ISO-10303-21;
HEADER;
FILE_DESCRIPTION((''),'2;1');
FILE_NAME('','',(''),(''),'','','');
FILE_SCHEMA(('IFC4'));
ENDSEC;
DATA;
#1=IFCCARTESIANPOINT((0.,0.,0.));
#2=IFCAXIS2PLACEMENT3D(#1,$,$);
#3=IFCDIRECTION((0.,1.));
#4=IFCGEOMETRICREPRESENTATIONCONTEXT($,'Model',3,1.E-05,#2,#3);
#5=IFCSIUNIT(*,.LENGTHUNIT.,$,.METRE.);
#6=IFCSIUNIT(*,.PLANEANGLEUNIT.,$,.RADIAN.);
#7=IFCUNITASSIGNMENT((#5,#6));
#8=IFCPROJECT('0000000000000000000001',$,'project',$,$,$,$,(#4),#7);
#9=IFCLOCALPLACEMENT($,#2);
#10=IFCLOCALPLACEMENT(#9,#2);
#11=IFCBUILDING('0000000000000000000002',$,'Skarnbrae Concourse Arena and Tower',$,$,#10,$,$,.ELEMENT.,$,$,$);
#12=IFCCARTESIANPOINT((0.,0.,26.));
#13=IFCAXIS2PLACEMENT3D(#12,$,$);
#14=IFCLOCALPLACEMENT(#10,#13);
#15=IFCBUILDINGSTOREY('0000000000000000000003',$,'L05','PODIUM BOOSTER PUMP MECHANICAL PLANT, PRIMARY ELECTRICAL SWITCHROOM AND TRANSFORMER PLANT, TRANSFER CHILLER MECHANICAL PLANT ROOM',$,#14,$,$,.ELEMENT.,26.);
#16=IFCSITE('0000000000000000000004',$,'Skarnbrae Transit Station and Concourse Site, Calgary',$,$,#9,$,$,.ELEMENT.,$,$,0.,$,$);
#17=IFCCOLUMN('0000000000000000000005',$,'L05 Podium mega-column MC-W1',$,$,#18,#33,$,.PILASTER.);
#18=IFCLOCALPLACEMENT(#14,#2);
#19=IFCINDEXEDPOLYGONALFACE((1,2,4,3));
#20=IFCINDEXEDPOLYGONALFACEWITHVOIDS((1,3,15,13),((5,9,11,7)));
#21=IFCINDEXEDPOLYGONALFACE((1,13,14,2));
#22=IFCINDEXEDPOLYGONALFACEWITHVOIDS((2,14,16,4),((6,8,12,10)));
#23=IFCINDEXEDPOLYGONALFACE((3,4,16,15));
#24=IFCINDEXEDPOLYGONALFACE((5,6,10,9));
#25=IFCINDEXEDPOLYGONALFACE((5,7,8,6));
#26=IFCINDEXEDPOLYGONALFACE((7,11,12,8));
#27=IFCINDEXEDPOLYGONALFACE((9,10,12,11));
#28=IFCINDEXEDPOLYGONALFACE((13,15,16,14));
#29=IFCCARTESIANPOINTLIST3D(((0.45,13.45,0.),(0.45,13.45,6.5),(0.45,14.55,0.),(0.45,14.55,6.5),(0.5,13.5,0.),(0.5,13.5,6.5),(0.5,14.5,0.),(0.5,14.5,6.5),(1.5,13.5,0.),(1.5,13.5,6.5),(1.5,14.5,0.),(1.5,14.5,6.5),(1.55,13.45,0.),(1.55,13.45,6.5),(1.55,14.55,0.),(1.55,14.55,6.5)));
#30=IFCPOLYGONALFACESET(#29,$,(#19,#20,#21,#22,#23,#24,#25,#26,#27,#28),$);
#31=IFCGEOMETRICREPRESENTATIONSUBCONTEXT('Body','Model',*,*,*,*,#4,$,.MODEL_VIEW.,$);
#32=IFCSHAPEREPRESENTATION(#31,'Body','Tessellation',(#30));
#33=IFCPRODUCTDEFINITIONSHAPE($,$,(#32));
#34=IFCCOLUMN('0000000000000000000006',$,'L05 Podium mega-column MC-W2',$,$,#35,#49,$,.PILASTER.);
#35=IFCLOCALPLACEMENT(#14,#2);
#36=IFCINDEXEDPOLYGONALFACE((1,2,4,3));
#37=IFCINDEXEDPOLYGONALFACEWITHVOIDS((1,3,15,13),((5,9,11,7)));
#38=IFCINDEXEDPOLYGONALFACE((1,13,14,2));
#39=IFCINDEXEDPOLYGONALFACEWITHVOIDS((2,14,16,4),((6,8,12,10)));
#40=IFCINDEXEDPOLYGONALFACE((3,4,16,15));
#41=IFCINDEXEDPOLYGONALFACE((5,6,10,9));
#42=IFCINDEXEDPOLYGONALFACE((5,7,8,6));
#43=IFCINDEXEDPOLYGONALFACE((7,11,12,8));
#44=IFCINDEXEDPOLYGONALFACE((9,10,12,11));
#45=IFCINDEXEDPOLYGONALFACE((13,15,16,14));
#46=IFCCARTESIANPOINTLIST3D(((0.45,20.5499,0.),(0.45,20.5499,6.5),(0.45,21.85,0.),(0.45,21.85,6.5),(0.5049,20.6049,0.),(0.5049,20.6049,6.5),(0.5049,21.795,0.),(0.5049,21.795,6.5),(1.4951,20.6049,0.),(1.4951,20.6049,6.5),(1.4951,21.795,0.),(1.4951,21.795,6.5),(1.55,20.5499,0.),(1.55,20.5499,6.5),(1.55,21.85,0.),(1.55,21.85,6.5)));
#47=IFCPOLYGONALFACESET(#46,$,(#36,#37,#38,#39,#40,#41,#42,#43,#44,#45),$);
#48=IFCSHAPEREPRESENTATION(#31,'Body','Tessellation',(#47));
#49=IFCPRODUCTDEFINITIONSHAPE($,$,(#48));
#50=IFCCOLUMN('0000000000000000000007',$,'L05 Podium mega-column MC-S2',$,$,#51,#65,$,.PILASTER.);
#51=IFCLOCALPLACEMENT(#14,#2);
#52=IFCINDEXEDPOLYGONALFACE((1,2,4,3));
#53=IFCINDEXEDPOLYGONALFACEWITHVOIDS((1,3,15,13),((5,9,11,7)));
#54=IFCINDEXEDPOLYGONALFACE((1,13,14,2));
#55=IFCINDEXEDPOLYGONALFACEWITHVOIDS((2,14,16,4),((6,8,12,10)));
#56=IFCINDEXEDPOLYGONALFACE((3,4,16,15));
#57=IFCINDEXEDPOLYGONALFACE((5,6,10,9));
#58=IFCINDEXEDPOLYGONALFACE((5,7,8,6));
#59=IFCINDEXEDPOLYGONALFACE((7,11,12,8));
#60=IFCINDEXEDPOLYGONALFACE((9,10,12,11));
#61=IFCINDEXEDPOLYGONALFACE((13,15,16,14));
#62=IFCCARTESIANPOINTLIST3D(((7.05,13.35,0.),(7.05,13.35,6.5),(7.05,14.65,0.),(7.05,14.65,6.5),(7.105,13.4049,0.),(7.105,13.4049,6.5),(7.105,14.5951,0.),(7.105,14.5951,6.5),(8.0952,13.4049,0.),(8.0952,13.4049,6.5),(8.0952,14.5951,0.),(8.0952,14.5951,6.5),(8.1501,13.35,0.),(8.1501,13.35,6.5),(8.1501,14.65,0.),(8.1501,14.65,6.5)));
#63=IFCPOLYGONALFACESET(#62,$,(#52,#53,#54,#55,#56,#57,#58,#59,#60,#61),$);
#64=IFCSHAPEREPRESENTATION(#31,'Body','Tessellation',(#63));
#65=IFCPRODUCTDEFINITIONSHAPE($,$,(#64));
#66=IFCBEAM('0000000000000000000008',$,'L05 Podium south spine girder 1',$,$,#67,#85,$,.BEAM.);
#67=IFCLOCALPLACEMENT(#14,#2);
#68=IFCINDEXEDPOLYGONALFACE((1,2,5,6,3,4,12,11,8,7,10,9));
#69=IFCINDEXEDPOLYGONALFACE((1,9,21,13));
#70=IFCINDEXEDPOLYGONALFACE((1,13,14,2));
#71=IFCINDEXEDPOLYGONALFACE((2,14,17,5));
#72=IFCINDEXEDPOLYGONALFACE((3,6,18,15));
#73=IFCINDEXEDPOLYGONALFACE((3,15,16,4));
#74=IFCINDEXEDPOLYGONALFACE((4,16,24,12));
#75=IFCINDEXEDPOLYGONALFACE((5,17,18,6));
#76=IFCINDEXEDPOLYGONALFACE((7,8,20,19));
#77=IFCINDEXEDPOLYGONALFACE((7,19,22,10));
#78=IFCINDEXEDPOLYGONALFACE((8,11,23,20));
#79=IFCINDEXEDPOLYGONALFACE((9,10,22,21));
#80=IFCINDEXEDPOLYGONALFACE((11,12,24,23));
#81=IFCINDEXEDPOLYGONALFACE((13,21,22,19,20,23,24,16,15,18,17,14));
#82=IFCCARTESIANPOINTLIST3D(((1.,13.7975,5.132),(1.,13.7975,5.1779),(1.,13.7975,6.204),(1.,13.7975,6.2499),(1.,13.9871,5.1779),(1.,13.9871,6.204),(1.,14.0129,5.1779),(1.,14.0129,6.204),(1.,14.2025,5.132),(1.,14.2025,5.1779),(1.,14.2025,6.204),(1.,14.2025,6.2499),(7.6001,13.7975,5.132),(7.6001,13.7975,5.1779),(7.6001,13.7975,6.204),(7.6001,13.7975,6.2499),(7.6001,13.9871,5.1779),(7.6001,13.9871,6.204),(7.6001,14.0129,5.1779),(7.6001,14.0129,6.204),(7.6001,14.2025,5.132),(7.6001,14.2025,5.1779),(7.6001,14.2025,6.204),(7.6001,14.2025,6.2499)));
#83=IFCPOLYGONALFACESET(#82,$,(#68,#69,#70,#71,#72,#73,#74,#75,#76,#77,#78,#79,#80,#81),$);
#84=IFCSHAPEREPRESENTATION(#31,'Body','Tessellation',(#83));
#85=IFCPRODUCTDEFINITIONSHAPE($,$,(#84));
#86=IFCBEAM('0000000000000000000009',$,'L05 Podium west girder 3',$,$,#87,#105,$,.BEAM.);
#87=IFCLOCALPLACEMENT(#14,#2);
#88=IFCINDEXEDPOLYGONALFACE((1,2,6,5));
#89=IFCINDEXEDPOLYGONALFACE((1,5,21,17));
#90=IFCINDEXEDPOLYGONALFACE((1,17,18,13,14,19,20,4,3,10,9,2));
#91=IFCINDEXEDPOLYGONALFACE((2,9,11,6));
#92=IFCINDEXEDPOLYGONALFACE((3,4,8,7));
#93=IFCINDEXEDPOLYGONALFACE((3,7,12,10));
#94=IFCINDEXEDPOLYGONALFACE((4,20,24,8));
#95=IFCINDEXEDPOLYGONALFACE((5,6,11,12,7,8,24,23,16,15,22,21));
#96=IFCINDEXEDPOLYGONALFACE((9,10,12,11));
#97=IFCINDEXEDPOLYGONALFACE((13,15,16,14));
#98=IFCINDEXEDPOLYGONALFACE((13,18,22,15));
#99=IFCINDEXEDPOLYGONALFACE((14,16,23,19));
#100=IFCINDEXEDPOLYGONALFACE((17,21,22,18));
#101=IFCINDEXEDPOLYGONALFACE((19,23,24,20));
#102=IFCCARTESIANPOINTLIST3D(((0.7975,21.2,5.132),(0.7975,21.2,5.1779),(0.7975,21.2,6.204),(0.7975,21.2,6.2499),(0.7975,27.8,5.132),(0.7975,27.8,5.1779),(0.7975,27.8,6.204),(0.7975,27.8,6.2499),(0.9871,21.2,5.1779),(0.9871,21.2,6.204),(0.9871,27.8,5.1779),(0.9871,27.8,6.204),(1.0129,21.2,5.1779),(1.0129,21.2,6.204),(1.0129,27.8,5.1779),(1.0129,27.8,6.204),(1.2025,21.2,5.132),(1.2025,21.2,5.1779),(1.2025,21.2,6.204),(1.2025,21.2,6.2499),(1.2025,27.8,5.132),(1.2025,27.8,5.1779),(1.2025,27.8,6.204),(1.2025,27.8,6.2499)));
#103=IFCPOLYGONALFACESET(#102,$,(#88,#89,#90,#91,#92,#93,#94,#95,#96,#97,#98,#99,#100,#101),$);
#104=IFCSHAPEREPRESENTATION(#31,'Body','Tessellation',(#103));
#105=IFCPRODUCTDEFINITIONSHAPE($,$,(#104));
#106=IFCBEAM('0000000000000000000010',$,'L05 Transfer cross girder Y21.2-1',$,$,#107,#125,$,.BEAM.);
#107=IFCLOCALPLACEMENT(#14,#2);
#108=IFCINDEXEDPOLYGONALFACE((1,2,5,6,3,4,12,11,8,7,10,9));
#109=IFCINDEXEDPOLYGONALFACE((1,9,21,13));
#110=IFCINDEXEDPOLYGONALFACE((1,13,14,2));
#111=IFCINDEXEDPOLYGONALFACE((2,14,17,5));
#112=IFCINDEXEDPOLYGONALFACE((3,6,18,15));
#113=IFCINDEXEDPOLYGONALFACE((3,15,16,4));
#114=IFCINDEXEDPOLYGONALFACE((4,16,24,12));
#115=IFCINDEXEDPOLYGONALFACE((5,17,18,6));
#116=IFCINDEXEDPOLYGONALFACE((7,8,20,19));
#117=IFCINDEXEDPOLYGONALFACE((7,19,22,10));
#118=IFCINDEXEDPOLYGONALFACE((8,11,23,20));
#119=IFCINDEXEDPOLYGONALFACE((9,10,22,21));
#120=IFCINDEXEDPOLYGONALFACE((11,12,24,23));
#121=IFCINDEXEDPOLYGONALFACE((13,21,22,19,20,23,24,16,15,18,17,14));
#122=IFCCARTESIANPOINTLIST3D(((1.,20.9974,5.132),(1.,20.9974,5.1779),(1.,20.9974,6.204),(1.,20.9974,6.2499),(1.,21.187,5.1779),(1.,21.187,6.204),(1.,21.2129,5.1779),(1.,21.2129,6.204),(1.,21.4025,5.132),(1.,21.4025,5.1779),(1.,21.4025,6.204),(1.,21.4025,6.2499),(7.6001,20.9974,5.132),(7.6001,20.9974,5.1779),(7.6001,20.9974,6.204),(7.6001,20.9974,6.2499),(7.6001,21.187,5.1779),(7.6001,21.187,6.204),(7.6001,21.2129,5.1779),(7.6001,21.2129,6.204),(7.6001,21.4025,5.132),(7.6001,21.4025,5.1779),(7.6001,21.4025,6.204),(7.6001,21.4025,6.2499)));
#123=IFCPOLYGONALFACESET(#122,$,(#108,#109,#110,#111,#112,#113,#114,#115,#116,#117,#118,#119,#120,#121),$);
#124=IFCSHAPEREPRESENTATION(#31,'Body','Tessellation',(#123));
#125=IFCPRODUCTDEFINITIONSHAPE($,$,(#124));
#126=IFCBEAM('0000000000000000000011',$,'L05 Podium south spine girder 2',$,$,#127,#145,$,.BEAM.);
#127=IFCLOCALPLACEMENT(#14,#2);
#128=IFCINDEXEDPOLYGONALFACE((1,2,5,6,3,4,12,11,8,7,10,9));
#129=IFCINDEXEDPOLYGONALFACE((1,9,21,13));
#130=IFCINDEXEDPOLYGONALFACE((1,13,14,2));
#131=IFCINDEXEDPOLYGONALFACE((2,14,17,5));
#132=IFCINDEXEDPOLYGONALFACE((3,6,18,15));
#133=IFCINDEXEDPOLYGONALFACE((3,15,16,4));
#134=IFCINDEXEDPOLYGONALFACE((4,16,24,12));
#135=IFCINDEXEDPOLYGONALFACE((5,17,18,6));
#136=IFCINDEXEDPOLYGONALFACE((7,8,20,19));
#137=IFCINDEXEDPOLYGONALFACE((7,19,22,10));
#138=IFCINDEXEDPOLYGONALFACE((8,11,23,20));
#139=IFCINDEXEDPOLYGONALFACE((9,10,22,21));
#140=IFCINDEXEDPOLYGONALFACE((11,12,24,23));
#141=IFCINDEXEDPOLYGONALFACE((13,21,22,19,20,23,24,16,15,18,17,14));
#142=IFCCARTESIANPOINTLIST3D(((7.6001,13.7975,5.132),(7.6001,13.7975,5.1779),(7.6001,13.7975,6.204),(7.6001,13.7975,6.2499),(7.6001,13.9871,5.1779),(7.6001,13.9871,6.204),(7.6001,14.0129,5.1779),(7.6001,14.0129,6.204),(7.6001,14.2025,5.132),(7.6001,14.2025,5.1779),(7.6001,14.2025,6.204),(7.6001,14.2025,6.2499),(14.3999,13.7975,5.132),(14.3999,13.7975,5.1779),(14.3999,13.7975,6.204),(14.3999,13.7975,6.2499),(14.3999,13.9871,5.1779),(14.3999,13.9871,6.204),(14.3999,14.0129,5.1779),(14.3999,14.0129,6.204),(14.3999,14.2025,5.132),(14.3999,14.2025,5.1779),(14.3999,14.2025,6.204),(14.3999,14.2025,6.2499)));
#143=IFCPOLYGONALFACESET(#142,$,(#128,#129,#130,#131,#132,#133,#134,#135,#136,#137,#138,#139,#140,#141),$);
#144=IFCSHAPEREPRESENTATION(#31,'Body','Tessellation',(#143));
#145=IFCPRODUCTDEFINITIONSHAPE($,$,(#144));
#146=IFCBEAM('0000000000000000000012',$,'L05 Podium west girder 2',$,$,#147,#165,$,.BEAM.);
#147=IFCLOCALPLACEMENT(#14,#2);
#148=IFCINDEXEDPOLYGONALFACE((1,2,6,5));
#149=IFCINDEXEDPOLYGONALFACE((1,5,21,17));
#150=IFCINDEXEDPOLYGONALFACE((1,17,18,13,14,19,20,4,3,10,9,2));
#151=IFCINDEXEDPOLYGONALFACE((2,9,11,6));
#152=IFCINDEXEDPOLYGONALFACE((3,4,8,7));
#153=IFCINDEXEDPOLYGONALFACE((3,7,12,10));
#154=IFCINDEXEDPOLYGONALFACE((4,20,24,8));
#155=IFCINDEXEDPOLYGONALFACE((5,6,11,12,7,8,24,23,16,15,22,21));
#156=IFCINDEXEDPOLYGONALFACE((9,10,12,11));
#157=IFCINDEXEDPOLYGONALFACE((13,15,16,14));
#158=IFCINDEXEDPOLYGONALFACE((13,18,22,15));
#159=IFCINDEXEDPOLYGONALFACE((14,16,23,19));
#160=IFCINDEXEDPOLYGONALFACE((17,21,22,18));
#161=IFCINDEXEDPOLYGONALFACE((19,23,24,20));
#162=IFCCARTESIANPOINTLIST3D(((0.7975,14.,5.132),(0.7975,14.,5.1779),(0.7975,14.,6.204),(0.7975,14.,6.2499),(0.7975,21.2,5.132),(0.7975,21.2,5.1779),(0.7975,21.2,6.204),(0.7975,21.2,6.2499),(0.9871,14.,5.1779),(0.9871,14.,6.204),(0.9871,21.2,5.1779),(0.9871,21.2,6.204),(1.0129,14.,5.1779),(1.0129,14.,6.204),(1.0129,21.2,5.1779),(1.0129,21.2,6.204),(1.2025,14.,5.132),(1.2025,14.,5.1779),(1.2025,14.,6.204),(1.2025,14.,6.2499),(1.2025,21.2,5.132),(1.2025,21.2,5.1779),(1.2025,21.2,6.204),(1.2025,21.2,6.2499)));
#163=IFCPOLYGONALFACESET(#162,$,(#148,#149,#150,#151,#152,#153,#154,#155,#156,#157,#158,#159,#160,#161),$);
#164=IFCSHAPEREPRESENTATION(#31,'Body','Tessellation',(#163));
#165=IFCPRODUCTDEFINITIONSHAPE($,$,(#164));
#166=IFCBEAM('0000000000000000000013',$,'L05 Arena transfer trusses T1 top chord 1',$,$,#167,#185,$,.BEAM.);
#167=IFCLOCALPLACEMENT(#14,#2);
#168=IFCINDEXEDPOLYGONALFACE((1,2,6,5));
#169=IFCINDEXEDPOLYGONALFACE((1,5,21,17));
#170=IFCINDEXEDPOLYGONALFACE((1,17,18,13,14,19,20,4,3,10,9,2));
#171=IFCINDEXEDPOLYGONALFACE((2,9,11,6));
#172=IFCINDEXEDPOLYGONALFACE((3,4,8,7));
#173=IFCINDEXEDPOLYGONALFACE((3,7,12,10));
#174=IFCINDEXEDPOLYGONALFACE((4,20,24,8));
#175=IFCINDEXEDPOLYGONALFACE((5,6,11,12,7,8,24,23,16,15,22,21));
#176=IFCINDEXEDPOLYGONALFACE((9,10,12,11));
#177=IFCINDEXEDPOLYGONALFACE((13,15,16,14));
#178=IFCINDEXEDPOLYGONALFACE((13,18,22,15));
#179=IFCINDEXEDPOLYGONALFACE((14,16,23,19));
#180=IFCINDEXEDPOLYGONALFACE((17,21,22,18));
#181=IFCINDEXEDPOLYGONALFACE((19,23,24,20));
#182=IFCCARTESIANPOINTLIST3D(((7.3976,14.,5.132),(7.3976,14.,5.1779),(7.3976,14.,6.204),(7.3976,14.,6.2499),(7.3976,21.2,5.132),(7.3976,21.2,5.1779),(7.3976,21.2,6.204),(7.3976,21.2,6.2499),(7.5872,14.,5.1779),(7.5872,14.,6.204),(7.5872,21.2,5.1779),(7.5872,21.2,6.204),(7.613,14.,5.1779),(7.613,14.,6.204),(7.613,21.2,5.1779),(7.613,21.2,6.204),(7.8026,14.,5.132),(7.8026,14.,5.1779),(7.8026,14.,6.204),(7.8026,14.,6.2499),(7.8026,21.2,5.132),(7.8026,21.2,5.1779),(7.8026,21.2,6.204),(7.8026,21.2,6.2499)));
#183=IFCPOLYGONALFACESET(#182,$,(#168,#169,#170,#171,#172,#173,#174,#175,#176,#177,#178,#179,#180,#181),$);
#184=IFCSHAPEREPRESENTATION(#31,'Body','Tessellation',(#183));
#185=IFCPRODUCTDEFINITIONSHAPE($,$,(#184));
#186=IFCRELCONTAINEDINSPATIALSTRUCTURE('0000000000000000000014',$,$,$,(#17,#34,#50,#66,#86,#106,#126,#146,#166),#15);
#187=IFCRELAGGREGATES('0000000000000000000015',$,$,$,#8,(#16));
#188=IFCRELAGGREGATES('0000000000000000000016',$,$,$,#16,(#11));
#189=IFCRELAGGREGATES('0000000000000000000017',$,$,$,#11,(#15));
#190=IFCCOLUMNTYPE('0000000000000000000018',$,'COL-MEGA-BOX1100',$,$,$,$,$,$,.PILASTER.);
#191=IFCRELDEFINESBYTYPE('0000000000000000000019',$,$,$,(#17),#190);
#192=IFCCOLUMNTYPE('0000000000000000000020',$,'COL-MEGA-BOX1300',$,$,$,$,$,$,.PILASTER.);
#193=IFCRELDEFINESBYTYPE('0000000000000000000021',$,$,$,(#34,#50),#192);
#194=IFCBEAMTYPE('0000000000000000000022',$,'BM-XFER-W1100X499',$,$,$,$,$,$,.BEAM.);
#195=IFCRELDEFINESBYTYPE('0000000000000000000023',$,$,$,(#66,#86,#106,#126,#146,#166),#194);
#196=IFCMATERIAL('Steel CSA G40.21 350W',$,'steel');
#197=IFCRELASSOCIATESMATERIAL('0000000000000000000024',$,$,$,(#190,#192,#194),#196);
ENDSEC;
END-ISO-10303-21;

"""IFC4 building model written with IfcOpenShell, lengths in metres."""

from ifc_helpers import new_model, si_unit, direction, frame, origin, origin_2d, place, context, subcontext, project, spatial, hollow_rectangle, i_section, extrude, source, transform, mapped, material, material_profile, profile_set, type_object, element, save


model = new_model("IFC4")

# Units and contexts
model_context = context("Model", 3, precision=1e-05, world=origin(), true_north=direction((0.0, 1.0)))
body_context = subcontext(model_context, "Body", "Model", "MODEL_VIEW")
ifc_project = project(units=[si_unit("LENGTHUNIT", "METRE"), si_unit("PLANEANGLEUNIT", "RADIAN")], contexts=[model_context])

# Site, building, storey
site_placement = place(None, origin())
site = spatial("IfcSite", under=ifc_project, at=site_placement, Name="Skarnbrae Transit Station and Concourse Site, Calgary", CompositionType="ELEMENT", RefElevation=0.0)
building_placement = place(site_placement, origin())
building = spatial("IfcBuilding", under=site, at=building_placement, Name="Skarnbrae Concourse Arena and Tower", CompositionType="ELEMENT")
storey_placement = place(building_placement, frame((0.0, 0.0, 26.0)))
storey = spatial("IfcBuildingStorey", under=building, at=storey_placement, Name="L05", Description="PODIUM BOOSTER PUMP MECHANICAL PLANT, PRIMARY ELECTRICAL SWITCHROOM AND TRANSFORMER PLANT, TRANSFER CHILLER MECHANICAL PLANT ROOM", CompositionType="ELEMENT", Elevation=26.0)

# Columns
ifc_material_1 = material(Name="Steel CSA G40.21 350W", Category="steel")
ifc_material_profile_1 = material_profile(ifc_material_1, hollow_rectangle(XDim=1.1001, YDim=1.1001, WallThickness=0.05, at=origin_2d()), Name="BOX1100X1100X50")
ifc_profile_set_1 = profile_set([ifc_material_profile_1], Name="Steel CSA G40.21 350W")
column_type_1 = type_object("IfcColumnType", Name="COL-MEGA-BOX1100", PredefinedType="PILASTER", material=ifc_profile_set_1)
shared_shape_1 = source(origin(), body_context, "Body", "SweptSolid", [
    extrude(hollow_rectangle(XDim=1.1001, YDim=1.1001, WallThickness=0.05, at=origin_2d()), origin(), (0.0, 0.0, 1.0), 6.5),
])
column_placement = place(storey_placement, frame((1.0, 14.0, 0.0), z_axis=(0.0, 0.0, 1.0), x_axis=(1.0, 0.0, 0.0)))
element("IfcColumn", 1, at=column_placement, inside=storey, type_object=column_type_1, Name="L05 Podium mega-column MC-W1", PredefinedType="PILASTER", context=body_context, shape_type="MappedRepresentation", body=[
    mapped(shared_shape_1, transform((0.0, 0.0, 0.0))),
])
ifc_material_profile_2 = material_profile(ifc_material_1, hollow_rectangle(XDim=1.1001, YDim=1.3, WallThickness=0.0549, at=origin_2d()), Name="BOX1300X1100X55")
ifc_profile_set_2 = profile_set([ifc_material_profile_2], Name="Steel CSA G40.21 350W")
column_type_2 = type_object("IfcColumnType", Name="COL-MEGA-BOX1300", PredefinedType="PILASTER", material=ifc_profile_set_2)
shared_shape_2 = source(origin(), body_context, "Body", "SweptSolid", [
    extrude(hollow_rectangle(XDim=1.1001, YDim=1.3, WallThickness=0.0549, at=origin_2d()), origin(), (0.0, 0.0, 1.0), 6.5),
])
for number, where, z_axis, x_axis, name in (
    (2, (1.0, 21.2, 0.0), (0.0, 0.0, 1.0), (1.0, 0.0, 0.0), "L05 Podium mega-column MC-W2"),
    (3, (7.6001, 14.0, 0.0), (0.0, 0.0, 1.0), (1.0, 0.0, 0.0), "L05 Podium mega-column MC-S2"),
):
    element("IfcColumn", number, at=place(storey_placement, frame(where, z_axis=z_axis, x_axis=x_axis)), inside=storey, type_object=column_type_2, Name=name, PredefinedType="PILASTER", context=body_context, shape_type="MappedRepresentation", body=[
        mapped(shared_shape_2, transform((0.0, 0.0, 0.0))),
    ])

# Beams
ifc_material_profile_3 = material_profile(ifc_material_1, i_section(OverallWidth=0.405, OverallDepth=1.1179, WebThickness=0.0259, FlangeThickness=0.0459, at=origin_2d()), Name="W1100X499")
ifc_profile_set_3 = profile_set([ifc_material_profile_3], Name="Steel CSA G40.21 350W")
beam_type = type_object("IfcBeamType", Name="BM-XFER-W1100X499", PredefinedType="BEAM", material=ifc_profile_set_3)
shared_shape_3 = source(origin(), body_context, "Body", "SweptSolid", [
    extrude(i_section(OverallWidth=0.405, OverallDepth=1.1179, WebThickness=0.0259, FlangeThickness=0.0459, at=origin_2d()), origin(), (0.0, 0.0, 1.0), 6.6001),
])
for number, where, z_axis, x_axis, name in (
    (4, (1.0, 14.0, 5.6909), (1.0, 0.0, 0.0), (0.0, 1.0, 0.0), "L05 Podium south spine girder 1"),
    (5, (1.0, 21.2, 5.6909), (0.0, 1.0, 0.0), (-1.0, 0.0, 0.0), "L05 Podium west girder 3"),
    (6, (1.0, 21.2, 5.6909), (1.0, 0.0, 0.0), (0.0, 1.0, 0.0), "L05 Transfer cross girder Y21.2-1"),
):
    element("IfcBeam", number, at=place(storey_placement, frame(where, z_axis=z_axis, x_axis=x_axis)), inside=storey, type_object=beam_type, Name=name, PredefinedType="BEAM", context=body_context, shape_type="MappedRepresentation", body=[
        mapped(shared_shape_3, transform((0.0, 0.0, 0.0))),
    ])
shared_shape_4 = source(origin(), body_context, "Body", "SweptSolid", [
    extrude(i_section(OverallWidth=0.405, OverallDepth=1.1179, WebThickness=0.0259, FlangeThickness=0.0459, at=origin_2d()), origin(), (0.0, 0.0, 1.0), 6.7998),
])
beam_placement = place(storey_placement, frame((7.6001, 14.0, 5.6909), z_axis=(1.0, 0.0, 0.0), x_axis=(0.0, 1.0, 0.0)))
element("IfcBeam", 7, at=beam_placement, inside=storey, type_object=beam_type, Name="L05 Podium south spine girder 2", PredefinedType="BEAM", context=body_context, shape_type="MappedRepresentation", body=[
    mapped(shared_shape_4, transform((0.0, 0.0, 0.0))),
])
shared_shape_5 = source(origin(), body_context, "Body", "SweptSolid", [
    extrude(i_section(OverallWidth=0.405, OverallDepth=1.1179, WebThickness=0.0259, FlangeThickness=0.0459, at=origin_2d()), origin(), (0.0, 0.0, 1.0), 7.2),
])
for number, where, z_axis, x_axis, name in (
    (8, (1.0, 14.0, 5.6909), (0.0, 1.0, 0.0), (-1.0, 0.0, 0.0), "L05 Podium west girder 2"),
    (9, (7.6001, 14.0, 5.6909), (0.0, 1.0, 0.0), (-1.0, 0.0, 0.0), "L05 Arena transfer trusses T1 top chord 1"),
):
    element("IfcBeam", number, at=place(storey_placement, frame(where, z_axis=z_axis, x_axis=x_axis)), inside=storey, type_object=beam_type, Name=name, PredefinedType="BEAM", context=body_context, shape_type="MappedRepresentation", body=[
        mapped(shared_shape_5, transform((0.0, 0.0, 0.0))),
    ])

save(model, "model.ifc")
